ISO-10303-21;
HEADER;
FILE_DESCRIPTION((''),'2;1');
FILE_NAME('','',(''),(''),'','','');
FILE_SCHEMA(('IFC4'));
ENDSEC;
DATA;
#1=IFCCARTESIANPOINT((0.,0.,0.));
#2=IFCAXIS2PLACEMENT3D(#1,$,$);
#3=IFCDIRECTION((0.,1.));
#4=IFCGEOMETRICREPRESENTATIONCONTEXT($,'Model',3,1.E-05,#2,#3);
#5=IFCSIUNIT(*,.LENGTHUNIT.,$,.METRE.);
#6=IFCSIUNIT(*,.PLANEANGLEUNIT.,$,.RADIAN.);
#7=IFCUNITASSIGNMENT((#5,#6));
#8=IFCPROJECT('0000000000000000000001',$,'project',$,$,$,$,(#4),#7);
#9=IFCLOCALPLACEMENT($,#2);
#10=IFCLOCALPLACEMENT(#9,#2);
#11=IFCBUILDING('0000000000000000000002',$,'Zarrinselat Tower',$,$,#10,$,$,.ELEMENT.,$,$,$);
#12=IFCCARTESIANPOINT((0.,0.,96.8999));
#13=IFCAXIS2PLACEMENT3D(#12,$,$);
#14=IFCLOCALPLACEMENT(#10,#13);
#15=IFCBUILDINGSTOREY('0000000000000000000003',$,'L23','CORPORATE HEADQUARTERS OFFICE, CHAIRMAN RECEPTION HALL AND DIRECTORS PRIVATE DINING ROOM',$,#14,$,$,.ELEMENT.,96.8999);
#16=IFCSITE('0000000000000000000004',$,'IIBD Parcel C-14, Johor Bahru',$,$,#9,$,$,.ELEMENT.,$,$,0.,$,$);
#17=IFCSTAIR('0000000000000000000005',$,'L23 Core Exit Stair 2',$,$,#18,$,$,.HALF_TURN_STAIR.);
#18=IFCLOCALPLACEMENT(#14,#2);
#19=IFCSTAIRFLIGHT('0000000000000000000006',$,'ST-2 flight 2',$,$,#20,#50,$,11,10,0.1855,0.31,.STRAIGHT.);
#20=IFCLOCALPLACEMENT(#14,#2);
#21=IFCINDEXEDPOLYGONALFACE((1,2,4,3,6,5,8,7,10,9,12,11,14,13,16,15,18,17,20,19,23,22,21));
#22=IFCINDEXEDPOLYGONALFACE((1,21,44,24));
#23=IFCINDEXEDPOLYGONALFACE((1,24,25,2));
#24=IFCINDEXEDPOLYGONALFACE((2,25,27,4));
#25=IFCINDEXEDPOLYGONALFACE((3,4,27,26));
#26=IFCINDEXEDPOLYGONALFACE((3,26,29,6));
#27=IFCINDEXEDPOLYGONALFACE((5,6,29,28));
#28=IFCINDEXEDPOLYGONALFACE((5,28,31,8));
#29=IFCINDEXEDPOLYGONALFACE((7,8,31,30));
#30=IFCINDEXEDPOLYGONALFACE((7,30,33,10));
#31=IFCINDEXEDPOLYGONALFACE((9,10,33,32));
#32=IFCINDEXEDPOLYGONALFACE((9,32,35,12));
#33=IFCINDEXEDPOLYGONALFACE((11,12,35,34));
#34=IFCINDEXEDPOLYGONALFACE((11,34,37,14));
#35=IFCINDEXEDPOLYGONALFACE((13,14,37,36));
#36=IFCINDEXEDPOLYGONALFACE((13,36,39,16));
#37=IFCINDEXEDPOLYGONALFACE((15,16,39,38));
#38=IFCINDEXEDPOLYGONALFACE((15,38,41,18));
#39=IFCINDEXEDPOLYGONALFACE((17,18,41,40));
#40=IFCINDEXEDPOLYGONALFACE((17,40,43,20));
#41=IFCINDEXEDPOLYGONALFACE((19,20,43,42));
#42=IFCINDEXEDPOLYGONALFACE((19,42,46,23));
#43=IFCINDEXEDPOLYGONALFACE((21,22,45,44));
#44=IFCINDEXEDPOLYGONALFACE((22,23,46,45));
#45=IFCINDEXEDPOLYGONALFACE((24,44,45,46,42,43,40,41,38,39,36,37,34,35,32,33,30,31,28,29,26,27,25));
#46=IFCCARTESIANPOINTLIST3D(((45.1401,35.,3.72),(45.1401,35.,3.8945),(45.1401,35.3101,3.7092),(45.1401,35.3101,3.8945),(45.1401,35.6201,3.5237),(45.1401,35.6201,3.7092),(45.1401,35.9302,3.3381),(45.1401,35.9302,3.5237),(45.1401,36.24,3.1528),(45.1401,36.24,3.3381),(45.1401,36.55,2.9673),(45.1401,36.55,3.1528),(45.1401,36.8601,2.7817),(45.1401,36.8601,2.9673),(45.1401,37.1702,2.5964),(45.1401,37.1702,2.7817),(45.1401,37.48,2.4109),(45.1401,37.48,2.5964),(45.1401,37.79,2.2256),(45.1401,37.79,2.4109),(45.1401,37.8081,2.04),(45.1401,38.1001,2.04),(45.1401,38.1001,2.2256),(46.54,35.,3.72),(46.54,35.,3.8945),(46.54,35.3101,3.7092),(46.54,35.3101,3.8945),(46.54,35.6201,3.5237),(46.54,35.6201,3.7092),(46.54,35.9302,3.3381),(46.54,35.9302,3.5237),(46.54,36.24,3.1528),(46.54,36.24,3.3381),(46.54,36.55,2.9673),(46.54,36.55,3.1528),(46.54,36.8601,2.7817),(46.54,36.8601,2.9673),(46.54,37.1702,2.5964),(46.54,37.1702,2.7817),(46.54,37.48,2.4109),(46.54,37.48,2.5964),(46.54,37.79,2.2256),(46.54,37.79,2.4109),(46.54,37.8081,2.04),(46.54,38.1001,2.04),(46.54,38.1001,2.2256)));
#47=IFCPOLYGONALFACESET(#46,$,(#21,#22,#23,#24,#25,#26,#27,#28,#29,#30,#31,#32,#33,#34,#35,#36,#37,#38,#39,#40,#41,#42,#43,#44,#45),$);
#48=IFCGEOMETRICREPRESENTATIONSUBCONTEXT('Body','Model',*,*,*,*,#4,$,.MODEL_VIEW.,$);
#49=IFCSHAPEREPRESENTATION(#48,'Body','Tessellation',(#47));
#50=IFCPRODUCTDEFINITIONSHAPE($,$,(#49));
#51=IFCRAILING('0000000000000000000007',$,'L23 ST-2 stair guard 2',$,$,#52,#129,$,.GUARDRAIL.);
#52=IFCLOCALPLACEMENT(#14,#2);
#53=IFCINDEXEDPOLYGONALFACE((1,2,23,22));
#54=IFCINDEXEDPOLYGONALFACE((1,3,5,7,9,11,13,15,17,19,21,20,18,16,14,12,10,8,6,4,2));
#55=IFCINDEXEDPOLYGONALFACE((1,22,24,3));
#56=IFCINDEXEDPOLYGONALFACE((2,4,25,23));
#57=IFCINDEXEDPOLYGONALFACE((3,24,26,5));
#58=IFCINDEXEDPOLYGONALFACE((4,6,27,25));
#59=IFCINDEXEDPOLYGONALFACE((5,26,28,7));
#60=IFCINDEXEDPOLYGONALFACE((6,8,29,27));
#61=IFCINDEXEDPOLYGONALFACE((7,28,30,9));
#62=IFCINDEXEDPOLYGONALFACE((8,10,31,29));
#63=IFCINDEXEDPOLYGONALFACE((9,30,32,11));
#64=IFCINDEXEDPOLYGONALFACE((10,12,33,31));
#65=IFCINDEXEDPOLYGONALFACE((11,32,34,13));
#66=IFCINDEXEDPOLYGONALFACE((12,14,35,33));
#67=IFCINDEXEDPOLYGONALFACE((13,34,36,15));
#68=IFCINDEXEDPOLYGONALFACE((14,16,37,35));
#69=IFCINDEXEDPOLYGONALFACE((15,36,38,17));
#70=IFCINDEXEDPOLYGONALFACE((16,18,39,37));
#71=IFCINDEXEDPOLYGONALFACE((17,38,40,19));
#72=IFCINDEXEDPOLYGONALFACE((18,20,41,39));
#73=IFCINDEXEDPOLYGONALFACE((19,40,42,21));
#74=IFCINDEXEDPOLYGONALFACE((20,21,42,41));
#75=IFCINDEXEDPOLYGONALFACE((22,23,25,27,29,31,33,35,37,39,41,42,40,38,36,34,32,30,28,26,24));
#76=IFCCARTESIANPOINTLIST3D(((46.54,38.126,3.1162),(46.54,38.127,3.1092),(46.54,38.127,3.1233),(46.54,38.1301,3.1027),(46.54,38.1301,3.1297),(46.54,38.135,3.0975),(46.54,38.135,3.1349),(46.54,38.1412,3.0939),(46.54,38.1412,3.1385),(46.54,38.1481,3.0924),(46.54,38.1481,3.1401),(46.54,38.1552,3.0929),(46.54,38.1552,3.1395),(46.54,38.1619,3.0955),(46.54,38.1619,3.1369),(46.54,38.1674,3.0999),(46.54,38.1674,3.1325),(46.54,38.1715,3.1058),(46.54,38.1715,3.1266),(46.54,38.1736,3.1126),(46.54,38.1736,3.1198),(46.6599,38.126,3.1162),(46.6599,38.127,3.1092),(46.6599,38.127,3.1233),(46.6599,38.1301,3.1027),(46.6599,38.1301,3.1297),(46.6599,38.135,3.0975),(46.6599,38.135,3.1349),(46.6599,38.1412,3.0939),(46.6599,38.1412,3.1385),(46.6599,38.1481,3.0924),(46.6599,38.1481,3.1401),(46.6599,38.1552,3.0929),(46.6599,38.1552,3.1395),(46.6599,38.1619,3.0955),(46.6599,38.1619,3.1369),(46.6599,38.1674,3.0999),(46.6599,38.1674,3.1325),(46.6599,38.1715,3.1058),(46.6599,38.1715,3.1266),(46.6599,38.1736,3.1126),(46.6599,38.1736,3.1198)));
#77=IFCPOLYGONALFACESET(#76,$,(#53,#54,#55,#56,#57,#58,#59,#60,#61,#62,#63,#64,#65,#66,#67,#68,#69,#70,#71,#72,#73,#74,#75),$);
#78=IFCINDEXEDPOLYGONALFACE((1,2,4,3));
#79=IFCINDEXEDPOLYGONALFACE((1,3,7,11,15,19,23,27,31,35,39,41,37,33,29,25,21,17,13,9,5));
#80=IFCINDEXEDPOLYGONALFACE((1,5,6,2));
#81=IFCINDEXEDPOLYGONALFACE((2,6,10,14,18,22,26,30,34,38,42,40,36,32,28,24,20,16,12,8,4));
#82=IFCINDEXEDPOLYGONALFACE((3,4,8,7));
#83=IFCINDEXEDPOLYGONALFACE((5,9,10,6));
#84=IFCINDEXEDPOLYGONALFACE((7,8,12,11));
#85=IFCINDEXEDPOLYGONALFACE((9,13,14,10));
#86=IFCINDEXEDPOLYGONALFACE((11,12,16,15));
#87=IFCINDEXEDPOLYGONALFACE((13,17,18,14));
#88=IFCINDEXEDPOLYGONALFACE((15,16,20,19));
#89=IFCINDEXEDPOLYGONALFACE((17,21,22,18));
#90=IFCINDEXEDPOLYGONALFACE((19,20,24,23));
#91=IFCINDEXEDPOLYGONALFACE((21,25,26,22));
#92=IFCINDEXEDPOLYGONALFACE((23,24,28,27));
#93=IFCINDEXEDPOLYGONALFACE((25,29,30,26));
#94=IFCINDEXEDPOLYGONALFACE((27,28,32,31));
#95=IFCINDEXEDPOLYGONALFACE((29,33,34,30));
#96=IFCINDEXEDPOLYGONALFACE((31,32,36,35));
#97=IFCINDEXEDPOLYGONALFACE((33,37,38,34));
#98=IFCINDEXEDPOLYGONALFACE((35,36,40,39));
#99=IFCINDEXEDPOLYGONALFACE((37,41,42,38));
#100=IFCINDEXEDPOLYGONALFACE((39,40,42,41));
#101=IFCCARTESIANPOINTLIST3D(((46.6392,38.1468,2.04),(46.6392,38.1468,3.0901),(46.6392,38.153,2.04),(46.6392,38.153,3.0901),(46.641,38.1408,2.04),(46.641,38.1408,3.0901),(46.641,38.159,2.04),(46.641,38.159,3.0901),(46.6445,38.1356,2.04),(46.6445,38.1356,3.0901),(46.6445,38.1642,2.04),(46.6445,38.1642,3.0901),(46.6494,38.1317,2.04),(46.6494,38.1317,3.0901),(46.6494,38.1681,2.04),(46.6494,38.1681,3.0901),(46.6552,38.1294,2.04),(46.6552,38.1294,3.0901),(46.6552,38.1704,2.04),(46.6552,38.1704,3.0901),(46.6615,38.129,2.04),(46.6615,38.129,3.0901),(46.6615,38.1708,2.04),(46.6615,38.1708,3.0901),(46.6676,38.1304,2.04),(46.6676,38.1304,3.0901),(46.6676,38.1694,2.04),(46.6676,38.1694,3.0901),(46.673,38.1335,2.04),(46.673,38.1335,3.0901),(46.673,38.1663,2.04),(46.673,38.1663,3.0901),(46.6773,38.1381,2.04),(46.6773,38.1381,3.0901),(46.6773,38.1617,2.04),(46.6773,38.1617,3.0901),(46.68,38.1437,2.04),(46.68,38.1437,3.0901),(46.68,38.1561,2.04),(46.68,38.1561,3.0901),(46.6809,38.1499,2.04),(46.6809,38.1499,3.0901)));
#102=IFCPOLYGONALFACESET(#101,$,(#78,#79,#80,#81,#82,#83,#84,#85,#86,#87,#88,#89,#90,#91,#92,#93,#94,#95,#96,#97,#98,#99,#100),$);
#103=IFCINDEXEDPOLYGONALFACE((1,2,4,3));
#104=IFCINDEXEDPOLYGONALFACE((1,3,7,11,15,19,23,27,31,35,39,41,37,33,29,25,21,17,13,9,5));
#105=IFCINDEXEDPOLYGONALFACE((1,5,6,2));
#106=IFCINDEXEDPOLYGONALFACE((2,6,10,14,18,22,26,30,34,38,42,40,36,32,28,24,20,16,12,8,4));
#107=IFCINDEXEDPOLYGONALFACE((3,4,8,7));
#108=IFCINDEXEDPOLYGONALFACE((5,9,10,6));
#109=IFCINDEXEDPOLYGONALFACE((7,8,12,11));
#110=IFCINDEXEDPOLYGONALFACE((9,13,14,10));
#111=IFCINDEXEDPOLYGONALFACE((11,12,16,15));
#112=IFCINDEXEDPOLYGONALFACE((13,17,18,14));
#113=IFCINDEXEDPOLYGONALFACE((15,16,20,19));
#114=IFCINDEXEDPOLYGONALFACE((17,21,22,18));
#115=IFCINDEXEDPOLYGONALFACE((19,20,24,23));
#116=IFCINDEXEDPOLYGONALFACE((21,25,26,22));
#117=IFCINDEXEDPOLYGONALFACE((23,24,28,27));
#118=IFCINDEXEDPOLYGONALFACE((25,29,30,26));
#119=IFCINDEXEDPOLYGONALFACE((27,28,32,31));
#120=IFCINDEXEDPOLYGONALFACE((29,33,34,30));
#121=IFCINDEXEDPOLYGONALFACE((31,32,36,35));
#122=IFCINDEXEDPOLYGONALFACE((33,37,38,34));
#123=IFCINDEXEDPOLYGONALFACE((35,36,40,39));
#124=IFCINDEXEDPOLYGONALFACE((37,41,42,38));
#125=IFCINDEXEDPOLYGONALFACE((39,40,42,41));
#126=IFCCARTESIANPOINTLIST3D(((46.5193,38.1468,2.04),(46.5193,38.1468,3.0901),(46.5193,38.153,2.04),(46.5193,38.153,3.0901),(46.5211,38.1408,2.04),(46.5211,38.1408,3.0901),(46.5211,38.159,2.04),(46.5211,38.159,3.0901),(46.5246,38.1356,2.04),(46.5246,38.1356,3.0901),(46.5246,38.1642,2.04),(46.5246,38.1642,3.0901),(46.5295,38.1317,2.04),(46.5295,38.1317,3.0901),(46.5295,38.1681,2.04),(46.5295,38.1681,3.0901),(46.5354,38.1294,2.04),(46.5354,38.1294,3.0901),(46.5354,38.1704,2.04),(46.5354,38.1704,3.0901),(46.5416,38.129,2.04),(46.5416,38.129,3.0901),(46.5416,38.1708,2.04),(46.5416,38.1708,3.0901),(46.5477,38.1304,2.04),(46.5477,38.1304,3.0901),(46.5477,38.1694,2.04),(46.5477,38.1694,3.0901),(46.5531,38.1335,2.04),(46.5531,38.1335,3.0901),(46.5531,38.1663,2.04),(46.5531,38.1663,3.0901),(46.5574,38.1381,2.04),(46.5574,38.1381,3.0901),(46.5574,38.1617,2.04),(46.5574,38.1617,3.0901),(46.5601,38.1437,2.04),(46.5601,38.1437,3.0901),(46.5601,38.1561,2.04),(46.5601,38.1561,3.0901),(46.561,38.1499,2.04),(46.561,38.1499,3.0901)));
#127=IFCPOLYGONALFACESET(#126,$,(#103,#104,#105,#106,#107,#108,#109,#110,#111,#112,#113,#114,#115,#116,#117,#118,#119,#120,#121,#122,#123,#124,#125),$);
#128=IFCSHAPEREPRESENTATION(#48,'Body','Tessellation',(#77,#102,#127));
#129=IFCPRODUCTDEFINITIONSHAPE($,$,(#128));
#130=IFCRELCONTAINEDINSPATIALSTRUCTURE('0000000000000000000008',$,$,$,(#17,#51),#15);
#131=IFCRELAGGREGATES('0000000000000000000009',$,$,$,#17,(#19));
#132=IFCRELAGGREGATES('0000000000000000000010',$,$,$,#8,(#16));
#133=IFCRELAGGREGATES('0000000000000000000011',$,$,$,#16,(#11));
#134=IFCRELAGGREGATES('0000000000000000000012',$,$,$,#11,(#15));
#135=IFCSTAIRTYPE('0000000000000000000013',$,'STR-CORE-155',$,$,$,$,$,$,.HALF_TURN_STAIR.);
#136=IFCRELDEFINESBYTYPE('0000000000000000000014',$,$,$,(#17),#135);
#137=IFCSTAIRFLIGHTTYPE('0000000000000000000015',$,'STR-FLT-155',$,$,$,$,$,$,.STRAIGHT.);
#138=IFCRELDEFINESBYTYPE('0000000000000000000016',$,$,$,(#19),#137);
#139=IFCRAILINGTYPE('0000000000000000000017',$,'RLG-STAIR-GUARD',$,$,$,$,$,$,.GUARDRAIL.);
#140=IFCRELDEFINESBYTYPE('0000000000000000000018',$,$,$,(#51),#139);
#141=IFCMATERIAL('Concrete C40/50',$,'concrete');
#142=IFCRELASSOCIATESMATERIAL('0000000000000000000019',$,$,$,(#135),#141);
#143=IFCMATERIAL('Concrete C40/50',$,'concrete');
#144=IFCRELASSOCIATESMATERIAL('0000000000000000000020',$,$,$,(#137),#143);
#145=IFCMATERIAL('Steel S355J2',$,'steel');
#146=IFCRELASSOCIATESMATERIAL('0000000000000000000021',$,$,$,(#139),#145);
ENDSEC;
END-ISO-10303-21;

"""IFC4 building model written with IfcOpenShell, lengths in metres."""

from ifc_helpers import new_model, si_unit, direction, frame, origin, origin_2d, place, context, subcontext, project, spatial, polyline, circle, outline, extrude, material, type_object, element, aggregate, save


model = new_model("IFC4")

# Units and contexts
model_context = context("Model", 3, precision=1e-05, world=origin(), true_north=direction((0.0, 1.0)))
body_context = subcontext(model_context, "Body", "Model", "MODEL_VIEW")
ifc_project = project(units=[si_unit("LENGTHUNIT", "METRE"), si_unit("PLANEANGLEUNIT", "RADIAN")], contexts=[model_context])

# Site, building, storey
site_placement = place(None, origin())
site = spatial("IfcSite", under=ifc_project, at=site_placement, Name="IIBD Parcel C-14, Johor Bahru", CompositionType="ELEMENT", RefElevation=0.0)
building_placement = place(site_placement, origin())
building = spatial("IfcBuilding", under=site, at=building_placement, Name="Zarrinselat Tower", CompositionType="ELEMENT")
storey_placement = place(building_placement, frame((0.0, 0.0, 96.8999)))
storey = spatial("IfcBuildingStorey", under=building, at=storey_placement, Name="L23", Description="CORPORATE HEADQUARTERS OFFICE, CHAIRMAN RECEPTION HALL AND DIRECTORS PRIVATE DINING ROOM", CompositionType="ELEMENT", Elevation=96.8999)

# Stair, stair flight
ifc_material_1 = material(Name="Concrete C40/50", Category="concrete")
stair_type = type_object("IfcStairType", Name="STR-CORE-155", PredefinedType="HALF_TURN_STAIR", material=ifc_material_1)
stair_placement = place(storey_placement, origin())
stair = element("IfcStair", 1, at=stair_placement, inside=storey, type_object=stair_type, Name="L23 Core Exit Stair 2", PredefinedType="HALF_TURN_STAIR")
ifc_material_2 = material(Name="Concrete C40/50", Category="concrete")
stair_flight_type = type_object("IfcStairFlightType", Name="STR-FLT-155", PredefinedType="STRAIGHT", material=ifc_material_2)
stair_flight_placement = place(storey_placement, frame((45.8401, 38.1001, 2.04), z_axis=(0.0, 0.0, 1.0), x_axis=(0.0, -1.0, 0.0)))
stair_flight = element("IfcStairFlight", 2, at=stair_flight_placement, type_object=stair_flight_type, Name="ST-2 flight 2", NumberOfRisers=11, NumberOfTreads=10, PredefinedType="STRAIGHT", RiserHeight=0.1855, TreadLength=0.31, context=body_context, shape_type="SweptSolid", body=[
    extrude(outline(polyline([(0.0, 0.0), (0.0, 0.1855), (0.3101, 0.1855), (0.3101, 0.3708), (0.6201, 0.3708), (0.6201, 0.5564), (0.9299, 0.5564), (0.9299, 0.7417), (1.24, 0.7417), (1.24, 0.9272), (1.55, 0.9272), (1.55, 1.1128), (1.8601, 1.1128), (1.8601, 1.2981), (2.1699, 1.2981), (2.1699, 1.4836), (2.48, 1.4836), (2.48, 1.6692), (2.79, 1.6692), (2.79, 1.8545), (3.1001, 1.8545), (3.1001, 2.04), (3.1001, 1.6799), (0.292, 0.0), (0.0, 0.0)])), frame((0.0, 0.7, 0.0), z_axis=(0.0, -1.0, 0.0), x_axis=(1.0, 0.0, 0.0)), (0.0, 0.0, 1.0), 1.3999),
])
aggregate(stair, [stair_flight])

# Railing
ifc_material_3 = material(Name="Steel S355J2", Category="steel")
railing_type_1 = type_object("IfcRailingType", Name="RLG-STAIR-GUARD", PredefinedType="GUARDRAIL", material=ifc_material_3)
railing_1_placement = place(storey_placement, frame((46.6599, 38.1499, 2.04)))
element("IfcRailing", 3, at=railing_1_placement, inside=storey, type_object=railing_type_1, Name="L23 ST-2 stair guard 2", PredefinedType="GUARDRAIL", context=body_context, shape_type="SweptSolid", body=[
    extrude(circle(Radius=0.0239, at=origin_2d()), frame((0.0, 0.0, 1.0762), z_axis=(-1.0, 0.0, 0.0), x_axis=(0.0, -1.0, 0.0)), (0.0, 0.0, 1.0), 0.1199),
    extrude(circle(Radius=0.021, at=origin_2d()), origin(), (0.0, 0.0, 1.0), 1.05),
    extrude(circle(Radius=0.021, at=origin_2d()), frame((-0.1199, 0.0, 0.0)), (0.0, 0.0, 1.0), 1.05),
])

save(model, "model.ifc")
